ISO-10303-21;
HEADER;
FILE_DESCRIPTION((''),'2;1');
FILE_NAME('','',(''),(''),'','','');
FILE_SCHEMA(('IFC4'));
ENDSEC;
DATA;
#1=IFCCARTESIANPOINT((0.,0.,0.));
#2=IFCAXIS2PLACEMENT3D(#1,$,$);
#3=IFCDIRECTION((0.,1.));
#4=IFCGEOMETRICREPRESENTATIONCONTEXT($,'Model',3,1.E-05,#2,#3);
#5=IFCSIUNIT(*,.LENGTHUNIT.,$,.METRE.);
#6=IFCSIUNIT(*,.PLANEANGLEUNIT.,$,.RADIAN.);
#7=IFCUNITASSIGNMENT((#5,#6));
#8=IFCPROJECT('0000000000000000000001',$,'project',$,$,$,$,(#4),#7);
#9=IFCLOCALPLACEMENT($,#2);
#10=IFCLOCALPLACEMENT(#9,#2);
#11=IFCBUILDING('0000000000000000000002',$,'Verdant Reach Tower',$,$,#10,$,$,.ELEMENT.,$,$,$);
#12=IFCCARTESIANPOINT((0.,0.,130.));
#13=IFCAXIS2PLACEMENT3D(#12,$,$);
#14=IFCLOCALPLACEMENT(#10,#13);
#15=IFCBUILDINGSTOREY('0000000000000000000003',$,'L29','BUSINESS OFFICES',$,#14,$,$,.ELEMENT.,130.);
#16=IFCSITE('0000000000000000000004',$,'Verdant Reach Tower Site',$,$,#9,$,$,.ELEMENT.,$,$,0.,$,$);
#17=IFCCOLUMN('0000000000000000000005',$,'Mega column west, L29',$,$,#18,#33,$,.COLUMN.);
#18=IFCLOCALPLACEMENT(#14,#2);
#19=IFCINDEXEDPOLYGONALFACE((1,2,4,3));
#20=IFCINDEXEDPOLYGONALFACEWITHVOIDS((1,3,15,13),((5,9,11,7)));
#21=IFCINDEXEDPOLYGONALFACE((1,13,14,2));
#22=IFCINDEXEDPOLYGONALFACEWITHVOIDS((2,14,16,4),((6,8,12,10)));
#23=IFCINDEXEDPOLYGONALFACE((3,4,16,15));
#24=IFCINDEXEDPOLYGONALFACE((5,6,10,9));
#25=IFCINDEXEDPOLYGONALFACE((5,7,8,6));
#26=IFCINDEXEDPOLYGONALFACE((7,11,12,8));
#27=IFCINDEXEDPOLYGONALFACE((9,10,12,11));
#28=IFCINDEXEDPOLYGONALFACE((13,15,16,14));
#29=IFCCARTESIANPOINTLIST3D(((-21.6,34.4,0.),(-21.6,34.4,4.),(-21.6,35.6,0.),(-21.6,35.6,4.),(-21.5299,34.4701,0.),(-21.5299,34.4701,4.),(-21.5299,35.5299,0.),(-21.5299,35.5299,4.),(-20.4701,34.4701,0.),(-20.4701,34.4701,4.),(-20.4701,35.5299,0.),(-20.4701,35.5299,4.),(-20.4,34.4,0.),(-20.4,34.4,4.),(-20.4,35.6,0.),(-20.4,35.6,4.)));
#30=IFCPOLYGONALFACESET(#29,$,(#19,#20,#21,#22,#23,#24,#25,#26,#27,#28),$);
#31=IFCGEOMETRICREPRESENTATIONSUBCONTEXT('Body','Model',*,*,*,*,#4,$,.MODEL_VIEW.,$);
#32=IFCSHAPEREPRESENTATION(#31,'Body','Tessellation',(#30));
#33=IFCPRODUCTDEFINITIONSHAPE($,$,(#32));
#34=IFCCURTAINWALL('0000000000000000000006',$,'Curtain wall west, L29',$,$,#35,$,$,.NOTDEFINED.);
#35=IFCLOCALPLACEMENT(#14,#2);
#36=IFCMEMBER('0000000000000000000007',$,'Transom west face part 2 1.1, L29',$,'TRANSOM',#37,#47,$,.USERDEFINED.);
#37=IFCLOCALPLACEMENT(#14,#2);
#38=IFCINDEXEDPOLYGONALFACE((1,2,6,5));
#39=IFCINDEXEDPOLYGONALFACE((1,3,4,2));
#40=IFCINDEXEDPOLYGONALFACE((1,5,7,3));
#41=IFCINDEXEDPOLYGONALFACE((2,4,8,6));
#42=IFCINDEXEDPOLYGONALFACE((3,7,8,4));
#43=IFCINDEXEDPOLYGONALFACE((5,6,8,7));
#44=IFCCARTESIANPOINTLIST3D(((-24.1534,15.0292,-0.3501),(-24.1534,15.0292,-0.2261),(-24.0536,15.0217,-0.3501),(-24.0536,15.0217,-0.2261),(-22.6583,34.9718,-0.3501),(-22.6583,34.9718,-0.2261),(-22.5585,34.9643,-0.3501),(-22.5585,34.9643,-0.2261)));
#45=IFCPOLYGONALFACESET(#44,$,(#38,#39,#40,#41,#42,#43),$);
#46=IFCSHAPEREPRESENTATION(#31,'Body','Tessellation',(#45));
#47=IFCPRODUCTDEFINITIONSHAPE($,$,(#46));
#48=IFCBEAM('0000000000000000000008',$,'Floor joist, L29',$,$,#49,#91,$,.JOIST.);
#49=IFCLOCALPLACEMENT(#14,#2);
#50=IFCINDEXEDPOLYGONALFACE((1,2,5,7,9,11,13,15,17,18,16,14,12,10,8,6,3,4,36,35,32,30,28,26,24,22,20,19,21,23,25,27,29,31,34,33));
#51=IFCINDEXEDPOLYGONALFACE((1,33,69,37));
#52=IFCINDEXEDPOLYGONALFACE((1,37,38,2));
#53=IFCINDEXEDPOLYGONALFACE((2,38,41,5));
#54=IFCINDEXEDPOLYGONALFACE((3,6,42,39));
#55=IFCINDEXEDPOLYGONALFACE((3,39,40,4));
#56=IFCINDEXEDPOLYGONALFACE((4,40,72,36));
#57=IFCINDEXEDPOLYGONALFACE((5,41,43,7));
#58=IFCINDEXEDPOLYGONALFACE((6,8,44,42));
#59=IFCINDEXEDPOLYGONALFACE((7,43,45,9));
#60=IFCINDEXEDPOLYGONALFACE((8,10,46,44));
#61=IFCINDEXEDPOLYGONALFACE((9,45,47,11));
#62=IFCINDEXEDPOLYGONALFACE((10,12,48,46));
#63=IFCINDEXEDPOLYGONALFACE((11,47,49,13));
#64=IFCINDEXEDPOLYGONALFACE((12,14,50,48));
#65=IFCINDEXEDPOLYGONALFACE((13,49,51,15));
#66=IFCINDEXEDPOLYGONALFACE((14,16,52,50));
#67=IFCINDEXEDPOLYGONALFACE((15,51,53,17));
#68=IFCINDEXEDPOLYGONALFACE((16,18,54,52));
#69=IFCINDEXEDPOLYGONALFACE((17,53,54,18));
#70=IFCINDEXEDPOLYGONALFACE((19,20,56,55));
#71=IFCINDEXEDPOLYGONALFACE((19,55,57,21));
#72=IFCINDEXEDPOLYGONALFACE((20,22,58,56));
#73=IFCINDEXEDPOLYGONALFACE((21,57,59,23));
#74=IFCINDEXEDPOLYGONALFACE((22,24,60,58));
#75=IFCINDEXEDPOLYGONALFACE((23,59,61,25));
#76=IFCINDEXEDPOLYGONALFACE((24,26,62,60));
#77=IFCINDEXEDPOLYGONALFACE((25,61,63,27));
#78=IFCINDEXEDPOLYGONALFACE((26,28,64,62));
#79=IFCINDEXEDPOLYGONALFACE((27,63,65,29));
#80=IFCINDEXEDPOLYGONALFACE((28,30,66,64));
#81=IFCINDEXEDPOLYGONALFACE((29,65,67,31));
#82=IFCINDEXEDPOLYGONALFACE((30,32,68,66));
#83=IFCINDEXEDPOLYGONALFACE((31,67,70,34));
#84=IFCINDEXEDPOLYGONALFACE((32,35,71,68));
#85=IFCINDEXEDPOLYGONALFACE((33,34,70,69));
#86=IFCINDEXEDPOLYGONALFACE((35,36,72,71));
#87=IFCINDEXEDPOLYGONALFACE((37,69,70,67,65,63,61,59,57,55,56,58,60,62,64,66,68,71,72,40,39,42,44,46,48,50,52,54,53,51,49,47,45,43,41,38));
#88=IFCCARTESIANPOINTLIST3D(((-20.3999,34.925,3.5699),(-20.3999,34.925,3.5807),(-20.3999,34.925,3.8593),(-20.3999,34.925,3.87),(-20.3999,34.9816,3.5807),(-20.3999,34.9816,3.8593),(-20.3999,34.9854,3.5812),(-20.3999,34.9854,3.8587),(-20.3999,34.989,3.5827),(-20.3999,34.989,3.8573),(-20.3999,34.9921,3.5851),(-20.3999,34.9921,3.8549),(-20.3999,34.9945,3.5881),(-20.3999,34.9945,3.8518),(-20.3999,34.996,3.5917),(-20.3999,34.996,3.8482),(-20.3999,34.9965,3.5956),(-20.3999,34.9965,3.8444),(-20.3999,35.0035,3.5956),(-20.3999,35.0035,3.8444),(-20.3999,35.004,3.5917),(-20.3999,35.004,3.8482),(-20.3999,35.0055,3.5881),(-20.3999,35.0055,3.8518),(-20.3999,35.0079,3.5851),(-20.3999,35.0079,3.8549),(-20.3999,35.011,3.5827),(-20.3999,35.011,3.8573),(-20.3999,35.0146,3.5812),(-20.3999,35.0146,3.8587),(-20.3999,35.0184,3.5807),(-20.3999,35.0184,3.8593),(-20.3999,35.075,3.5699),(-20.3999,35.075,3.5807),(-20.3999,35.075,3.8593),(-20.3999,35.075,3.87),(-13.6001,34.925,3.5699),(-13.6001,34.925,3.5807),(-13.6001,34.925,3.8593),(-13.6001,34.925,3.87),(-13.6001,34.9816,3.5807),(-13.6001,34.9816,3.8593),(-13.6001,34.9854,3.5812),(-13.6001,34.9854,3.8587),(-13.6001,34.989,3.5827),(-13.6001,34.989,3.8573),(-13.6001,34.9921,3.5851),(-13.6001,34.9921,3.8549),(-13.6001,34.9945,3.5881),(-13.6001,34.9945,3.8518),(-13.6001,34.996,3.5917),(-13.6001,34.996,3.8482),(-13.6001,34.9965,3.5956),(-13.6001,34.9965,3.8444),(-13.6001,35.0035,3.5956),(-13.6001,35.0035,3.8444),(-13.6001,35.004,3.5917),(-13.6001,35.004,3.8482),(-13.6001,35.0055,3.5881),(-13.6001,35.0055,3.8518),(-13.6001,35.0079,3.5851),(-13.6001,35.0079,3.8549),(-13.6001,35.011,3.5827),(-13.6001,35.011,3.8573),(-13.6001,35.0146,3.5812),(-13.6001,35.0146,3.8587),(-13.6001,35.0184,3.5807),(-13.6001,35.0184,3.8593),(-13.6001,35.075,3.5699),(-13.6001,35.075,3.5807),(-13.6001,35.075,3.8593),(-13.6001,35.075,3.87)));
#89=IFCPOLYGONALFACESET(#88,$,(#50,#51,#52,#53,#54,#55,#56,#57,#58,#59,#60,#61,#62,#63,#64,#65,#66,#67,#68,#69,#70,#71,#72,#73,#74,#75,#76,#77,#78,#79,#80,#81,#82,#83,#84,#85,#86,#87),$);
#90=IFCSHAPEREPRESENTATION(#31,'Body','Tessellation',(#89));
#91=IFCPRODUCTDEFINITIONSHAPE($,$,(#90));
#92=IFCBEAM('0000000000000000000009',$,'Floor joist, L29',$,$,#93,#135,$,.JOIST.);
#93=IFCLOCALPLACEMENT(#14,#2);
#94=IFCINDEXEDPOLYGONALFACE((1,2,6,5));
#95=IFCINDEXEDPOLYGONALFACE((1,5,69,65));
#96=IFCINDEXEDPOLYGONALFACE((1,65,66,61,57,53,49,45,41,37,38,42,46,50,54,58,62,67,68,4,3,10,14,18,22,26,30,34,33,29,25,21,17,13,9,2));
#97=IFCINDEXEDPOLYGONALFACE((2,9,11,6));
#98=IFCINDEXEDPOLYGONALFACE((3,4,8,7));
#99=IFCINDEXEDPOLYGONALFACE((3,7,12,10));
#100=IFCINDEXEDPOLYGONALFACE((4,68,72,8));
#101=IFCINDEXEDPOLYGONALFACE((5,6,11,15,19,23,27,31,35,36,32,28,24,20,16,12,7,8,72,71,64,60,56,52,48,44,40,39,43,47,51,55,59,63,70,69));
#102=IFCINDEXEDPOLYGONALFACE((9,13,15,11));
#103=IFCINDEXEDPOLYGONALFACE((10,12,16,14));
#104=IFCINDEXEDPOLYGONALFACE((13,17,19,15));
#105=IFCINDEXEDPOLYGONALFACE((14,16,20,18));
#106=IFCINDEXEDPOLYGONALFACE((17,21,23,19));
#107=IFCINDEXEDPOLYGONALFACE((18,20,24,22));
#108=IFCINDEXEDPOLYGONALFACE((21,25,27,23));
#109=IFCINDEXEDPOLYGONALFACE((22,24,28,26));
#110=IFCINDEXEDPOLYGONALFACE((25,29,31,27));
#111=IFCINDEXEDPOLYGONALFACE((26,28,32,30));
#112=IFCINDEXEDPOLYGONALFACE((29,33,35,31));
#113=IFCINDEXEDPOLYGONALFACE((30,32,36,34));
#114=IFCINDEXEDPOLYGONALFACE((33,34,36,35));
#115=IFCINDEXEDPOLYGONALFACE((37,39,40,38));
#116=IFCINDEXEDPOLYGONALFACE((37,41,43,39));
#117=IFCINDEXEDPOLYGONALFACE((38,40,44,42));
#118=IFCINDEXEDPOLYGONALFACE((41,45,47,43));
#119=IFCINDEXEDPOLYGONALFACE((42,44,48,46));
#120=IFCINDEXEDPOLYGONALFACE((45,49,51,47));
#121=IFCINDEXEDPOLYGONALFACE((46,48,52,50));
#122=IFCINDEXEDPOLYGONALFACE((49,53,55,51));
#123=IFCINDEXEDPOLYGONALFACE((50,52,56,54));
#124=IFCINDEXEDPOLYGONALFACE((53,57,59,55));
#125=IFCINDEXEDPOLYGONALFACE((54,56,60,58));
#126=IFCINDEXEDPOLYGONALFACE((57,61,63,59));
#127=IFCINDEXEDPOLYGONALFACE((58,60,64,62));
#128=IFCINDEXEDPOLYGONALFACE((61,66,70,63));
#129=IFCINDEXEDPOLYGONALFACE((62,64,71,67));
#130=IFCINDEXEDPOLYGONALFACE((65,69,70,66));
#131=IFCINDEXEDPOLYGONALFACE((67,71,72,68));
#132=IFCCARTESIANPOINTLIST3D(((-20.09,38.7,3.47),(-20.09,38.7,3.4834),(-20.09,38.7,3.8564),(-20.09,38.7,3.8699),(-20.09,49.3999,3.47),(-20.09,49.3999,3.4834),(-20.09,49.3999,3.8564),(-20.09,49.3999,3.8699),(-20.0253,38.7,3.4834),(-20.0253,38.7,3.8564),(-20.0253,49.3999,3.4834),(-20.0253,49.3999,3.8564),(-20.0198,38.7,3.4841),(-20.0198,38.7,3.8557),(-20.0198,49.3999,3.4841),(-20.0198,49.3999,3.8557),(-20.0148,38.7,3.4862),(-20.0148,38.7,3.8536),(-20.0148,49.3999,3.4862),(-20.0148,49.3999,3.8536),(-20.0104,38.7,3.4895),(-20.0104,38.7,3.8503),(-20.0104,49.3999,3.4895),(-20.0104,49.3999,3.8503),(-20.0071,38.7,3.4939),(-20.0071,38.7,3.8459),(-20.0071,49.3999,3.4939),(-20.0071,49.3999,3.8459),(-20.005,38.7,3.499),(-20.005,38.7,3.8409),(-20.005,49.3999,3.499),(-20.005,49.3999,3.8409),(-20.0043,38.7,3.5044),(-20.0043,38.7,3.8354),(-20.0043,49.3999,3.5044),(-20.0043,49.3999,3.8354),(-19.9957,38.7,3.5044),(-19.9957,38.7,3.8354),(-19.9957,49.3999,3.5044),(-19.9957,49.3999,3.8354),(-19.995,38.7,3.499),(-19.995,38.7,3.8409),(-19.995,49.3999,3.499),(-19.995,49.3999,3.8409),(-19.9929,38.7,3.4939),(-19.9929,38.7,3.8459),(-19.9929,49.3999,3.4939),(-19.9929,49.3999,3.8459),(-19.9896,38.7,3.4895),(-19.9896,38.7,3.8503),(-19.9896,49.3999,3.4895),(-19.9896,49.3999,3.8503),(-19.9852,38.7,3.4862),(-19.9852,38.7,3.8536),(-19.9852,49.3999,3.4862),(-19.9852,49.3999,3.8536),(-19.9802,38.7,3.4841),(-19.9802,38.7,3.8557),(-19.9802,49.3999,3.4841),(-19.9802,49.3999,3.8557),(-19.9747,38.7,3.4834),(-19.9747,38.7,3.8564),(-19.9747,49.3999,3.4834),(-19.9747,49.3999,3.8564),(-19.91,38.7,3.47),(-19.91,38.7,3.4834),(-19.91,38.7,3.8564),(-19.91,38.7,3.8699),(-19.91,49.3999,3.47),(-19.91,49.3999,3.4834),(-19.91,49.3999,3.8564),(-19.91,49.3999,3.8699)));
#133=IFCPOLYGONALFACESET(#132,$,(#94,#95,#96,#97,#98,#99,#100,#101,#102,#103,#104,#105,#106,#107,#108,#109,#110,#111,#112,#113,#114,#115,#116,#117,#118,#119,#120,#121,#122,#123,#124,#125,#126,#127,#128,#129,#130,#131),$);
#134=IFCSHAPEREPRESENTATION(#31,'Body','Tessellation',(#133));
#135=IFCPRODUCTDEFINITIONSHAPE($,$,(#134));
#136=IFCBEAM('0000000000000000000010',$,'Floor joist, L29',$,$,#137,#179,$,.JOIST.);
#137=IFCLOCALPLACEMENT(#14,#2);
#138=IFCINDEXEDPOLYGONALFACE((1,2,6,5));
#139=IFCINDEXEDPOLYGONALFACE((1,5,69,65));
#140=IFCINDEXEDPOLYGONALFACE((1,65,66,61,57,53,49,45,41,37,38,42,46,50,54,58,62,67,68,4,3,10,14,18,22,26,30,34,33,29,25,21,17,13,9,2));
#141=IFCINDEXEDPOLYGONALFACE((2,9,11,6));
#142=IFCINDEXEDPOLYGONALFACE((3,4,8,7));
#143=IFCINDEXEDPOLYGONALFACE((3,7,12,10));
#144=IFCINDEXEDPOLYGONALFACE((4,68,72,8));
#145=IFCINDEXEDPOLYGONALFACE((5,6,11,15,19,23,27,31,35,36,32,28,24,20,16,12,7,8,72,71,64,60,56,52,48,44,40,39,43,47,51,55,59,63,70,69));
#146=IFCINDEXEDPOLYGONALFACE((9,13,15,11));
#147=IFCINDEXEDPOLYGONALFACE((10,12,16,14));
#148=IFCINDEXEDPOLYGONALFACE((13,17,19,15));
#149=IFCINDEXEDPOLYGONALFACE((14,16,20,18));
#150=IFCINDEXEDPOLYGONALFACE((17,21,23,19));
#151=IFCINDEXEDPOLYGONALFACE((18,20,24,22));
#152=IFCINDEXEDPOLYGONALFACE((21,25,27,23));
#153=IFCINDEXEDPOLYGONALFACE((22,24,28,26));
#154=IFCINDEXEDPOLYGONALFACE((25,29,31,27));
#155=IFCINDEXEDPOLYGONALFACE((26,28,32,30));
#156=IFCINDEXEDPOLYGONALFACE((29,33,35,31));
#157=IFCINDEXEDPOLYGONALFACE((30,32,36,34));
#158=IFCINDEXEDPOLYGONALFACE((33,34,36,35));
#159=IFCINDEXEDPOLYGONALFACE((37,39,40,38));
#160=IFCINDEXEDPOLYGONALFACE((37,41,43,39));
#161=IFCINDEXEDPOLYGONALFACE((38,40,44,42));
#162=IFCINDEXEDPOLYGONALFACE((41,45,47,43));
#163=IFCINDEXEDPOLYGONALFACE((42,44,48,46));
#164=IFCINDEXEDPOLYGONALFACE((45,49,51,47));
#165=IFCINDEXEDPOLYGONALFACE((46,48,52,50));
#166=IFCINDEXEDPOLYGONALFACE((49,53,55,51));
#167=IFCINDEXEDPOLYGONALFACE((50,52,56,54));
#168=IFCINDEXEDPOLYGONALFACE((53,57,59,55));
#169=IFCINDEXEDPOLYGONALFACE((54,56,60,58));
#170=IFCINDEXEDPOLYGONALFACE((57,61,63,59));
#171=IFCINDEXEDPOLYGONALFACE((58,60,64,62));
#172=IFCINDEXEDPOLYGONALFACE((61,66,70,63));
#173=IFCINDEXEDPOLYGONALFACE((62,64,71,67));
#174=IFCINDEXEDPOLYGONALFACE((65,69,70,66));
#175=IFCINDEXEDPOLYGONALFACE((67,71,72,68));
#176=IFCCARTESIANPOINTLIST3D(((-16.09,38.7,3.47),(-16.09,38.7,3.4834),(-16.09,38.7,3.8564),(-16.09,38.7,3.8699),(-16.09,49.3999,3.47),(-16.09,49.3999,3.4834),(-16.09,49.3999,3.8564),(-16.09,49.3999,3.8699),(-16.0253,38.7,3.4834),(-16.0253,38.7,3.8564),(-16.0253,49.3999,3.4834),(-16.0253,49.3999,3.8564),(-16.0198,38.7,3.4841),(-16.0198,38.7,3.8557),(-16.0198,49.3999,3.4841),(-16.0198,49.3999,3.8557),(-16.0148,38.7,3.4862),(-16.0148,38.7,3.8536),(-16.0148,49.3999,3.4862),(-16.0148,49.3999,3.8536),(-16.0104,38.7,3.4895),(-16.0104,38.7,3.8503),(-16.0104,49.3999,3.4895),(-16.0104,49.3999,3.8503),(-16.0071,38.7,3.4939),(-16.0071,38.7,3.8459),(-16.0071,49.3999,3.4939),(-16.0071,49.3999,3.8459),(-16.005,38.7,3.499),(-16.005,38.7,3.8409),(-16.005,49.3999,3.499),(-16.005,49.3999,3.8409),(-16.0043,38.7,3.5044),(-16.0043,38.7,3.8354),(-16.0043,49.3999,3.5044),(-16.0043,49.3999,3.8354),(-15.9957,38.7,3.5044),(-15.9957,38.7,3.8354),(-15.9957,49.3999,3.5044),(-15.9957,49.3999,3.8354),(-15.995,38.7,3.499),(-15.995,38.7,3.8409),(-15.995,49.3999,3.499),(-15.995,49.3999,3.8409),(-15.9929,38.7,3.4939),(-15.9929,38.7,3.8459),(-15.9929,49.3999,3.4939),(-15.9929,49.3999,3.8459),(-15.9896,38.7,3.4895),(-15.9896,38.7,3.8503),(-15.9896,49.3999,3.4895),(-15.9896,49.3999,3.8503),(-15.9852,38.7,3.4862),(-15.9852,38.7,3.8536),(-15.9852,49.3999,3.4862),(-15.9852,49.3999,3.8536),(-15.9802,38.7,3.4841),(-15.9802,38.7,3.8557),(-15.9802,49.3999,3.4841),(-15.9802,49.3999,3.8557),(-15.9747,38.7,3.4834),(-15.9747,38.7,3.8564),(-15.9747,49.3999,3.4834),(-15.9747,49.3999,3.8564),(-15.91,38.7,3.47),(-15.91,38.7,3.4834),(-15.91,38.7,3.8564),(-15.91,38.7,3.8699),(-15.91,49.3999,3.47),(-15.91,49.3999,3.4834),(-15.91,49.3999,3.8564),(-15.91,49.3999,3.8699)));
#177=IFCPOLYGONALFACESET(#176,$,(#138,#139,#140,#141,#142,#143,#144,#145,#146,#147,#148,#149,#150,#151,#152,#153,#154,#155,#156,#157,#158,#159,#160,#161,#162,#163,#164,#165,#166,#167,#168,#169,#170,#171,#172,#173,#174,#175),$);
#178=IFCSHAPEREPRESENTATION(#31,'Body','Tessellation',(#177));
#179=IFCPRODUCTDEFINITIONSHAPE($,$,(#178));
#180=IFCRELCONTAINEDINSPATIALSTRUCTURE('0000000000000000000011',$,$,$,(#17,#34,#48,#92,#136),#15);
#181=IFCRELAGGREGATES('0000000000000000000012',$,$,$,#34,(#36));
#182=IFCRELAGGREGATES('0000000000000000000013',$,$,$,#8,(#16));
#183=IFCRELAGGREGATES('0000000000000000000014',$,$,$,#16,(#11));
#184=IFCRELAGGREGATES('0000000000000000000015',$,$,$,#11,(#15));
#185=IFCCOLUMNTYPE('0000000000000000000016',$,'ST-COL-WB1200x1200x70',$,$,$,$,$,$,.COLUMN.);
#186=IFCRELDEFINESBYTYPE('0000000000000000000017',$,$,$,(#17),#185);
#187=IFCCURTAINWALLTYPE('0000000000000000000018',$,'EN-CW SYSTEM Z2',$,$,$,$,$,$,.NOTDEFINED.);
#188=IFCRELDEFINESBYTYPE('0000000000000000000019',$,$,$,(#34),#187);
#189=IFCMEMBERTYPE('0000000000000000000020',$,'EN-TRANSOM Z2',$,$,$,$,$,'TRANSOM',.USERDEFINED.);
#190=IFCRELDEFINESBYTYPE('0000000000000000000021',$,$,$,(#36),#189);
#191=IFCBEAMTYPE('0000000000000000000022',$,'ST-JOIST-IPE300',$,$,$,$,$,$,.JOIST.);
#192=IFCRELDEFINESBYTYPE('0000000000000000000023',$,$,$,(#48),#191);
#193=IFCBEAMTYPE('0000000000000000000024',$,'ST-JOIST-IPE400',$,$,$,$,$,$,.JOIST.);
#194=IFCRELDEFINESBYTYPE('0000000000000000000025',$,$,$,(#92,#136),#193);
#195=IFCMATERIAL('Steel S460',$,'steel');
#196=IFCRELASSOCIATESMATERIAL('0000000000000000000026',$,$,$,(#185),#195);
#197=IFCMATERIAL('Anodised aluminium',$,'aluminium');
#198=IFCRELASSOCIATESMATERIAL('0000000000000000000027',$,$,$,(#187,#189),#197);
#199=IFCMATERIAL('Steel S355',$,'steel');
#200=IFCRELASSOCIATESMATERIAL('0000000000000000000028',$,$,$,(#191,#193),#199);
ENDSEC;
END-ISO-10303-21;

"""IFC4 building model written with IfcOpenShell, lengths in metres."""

from ifc_helpers import new_model, si_unit, direction, frame, origin, origin_2d, place, context, subcontext, project, spatial, rectangle, hollow_rectangle, i_section, extrude, material, material_profile, profile_set, type_object, element, aggregate, save


model = new_model("IFC4")

# Units and contexts
model_context = context("Model", 3, precision=1e-05, world=origin(), true_north=direction((0.0, 1.0)))
body_context = subcontext(model_context, "Body", "Model", "MODEL_VIEW")
ifc_project = project(units=[si_unit("LENGTHUNIT", "METRE"), si_unit("PLANEANGLEUNIT", "RADIAN")], contexts=[model_context])

# Site, building, storey
site_placement = place(None, origin())
site = spatial("IfcSite", under=ifc_project, at=site_placement, Name="Verdant Reach Tower Site", CompositionType="ELEMENT", RefElevation=0.0)
building_placement = place(site_placement, origin())
building = spatial("IfcBuilding", under=site, at=building_placement, Name="Verdant Reach Tower", CompositionType="ELEMENT")
storey_placement = place(building_placement, frame((0.0, 0.0, 130.0)))
storey = spatial("IfcBuildingStorey", under=building, at=storey_placement, Name="L29", Description="BUSINESS OFFICES", CompositionType="ELEMENT", Elevation=130.0)

# Column
ifc_material_1 = material(Name="Steel S460", Category="steel")
ifc_material_profile_1 = material_profile(ifc_material_1, hollow_rectangle(XDim=1.2, YDim=1.2, WallThickness=0.0701, at=origin_2d()), Name="WB 1200x1200x70")
ifc_profile_set_1 = profile_set([ifc_material_profile_1], Name="Steel S460")
column_type = type_object("IfcColumnType", Name="ST-COL-WB1200x1200x70", PredefinedType="COLUMN", material=ifc_profile_set_1)
column_placement = place(storey_placement, frame((-21.0, 35.0, 0.0), z_axis=(0.0, 0.0, 1.0), x_axis=(1.0, 0.0, 0.0)))
element("IfcColumn", 1, at=column_placement, inside=storey, type_object=column_type, Name="Mega column west, L29", PredefinedType="COLUMN", context=body_context, shape_type="SweptSolid", body=[
    extrude(hollow_rectangle(XDim=1.2, YDim=1.2, WallThickness=0.0701, at=origin_2d()), origin(), (0.0, 0.0, 1.0), 4.0),
])

# Curtain wall, member
ifc_material_2 = material(Name="Anodised aluminium", Category="aluminium")
curtain_wall_type = type_object("IfcCurtainWallType", Name="EN-CW SYSTEM Z2", PredefinedType="NOTDEFINED", material=ifc_material_2)
curtain_wall_placement = place(storey_placement, origin())
curtain_wall = element("IfcCurtainWall", 2, at=curtain_wall_placement, inside=storey, type_object=curtain_wall_type, Name="Curtain wall west, L29", PredefinedType="NOTDEFINED")
ifc_material_profile_2 = material_profile(ifc_material_2, rectangle(XDim=0.1001, YDim=0.124, at=origin_2d()), Name="Transom 124x100")
ifc_profile_set_2 = profile_set([ifc_material_profile_2], Name="Anodised aluminium")
member_type = type_object("IfcMemberType", Name="EN-TRANSOM Z2", ElementType="TRANSOM", PredefinedType="USERDEFINED", material=ifc_profile_set_2)
member_placement = place(storey_placement, frame((-22.6084, 34.968, -0.2881), z_axis=(-0.074761, -0.997201, 0.0), x_axis=(0.997201, -0.074761, 0.0)))
member = element("IfcMember", 3, at=member_placement, type_object=member_type, Name="Transom west face part 2 1.1, L29", ObjectType="TRANSOM", PredefinedType="USERDEFINED", context=body_context, shape_type="SweptSolid", body=[
    extrude(rectangle(XDim=0.1001, YDim=0.124, at=origin_2d()), origin(), (0.0, 0.0, 1.0), 19.9985),
])

# Beams
ifc_material_3 = material(Name="Steel S355", Category="steel")
ifc_material_profile_3 = material_profile(ifc_material_3, i_section(OverallWidth=0.1499, OverallDepth=0.3, WebThickness=0.0071, FlangeThickness=0.0107, FilletRadius=0.0149, at=origin_2d()), Name="IPE 300")
ifc_profile_set_3 = profile_set([ifc_material_profile_3], Name="Steel S355")
beam_type_1 = type_object("IfcBeamType", Name="ST-JOIST-IPE300", PredefinedType="JOIST", material=ifc_profile_set_3)
beam_1_placement = place(storey_placement, frame((-13.6001, 35.0, 3.72), z_axis=(-1.0, 0.0, 0.0), x_axis=(0.0, -1.0, 0.0)))
element("IfcBeam", 4, at=beam_1_placement, inside=storey, type_object=beam_type_1, Name="Floor joist, L29", PredefinedType="JOIST", context=body_context, shape_type="SweptSolid", body=[
    extrude(i_section(OverallWidth=0.1499, OverallDepth=0.3, WebThickness=0.0071, FlangeThickness=0.0107, FilletRadius=0.0149, at=origin_2d()), origin(), (0.0, 0.0, 1.0), 6.7998),
])
ifc_material_profile_4 = material_profile(ifc_material_3, i_section(OverallWidth=0.1799, OverallDepth=0.3999, WebThickness=0.0085, FlangeThickness=0.0134, FilletRadius=0.021, at=origin_2d()), Name="IPE 400")
ifc_profile_set_4 = profile_set([ifc_material_profile_4], Name="Steel S355")
beam_type_2 = type_object("IfcBeamType", Name="ST-JOIST-IPE400", PredefinedType="JOIST", material=ifc_profile_set_4)
for number, where, z_axis, x_axis, name in (
    (5, (-20.0, 38.7, 3.6699), (0.0, 1.0, 0.0), (-1.0, 0.0, 0.0), "Floor joist, L29"),
    (6, (-16.0, 38.7, 3.6699), (0.0, 1.0, 0.0), (-1.0, 0.0, 0.0), "Floor joist, L29"),
):
    element("IfcBeam", number, at=place(storey_placement, frame(where, z_axis=z_axis, x_axis=x_axis)), inside=storey, type_object=beam_type_2, Name=name, PredefinedType="JOIST", context=body_context, shape_type="SweptSolid", body=[
        extrude(i_section(OverallWidth=0.1799, OverallDepth=0.3999, WebThickness=0.0085, FlangeThickness=0.0134, FilletRadius=0.021, at=origin_2d()), origin(), (0.0, 0.0, 1.0), 10.7),
    ])

aggregate(curtain_wall, [member])

save(model, "model.ifc")
